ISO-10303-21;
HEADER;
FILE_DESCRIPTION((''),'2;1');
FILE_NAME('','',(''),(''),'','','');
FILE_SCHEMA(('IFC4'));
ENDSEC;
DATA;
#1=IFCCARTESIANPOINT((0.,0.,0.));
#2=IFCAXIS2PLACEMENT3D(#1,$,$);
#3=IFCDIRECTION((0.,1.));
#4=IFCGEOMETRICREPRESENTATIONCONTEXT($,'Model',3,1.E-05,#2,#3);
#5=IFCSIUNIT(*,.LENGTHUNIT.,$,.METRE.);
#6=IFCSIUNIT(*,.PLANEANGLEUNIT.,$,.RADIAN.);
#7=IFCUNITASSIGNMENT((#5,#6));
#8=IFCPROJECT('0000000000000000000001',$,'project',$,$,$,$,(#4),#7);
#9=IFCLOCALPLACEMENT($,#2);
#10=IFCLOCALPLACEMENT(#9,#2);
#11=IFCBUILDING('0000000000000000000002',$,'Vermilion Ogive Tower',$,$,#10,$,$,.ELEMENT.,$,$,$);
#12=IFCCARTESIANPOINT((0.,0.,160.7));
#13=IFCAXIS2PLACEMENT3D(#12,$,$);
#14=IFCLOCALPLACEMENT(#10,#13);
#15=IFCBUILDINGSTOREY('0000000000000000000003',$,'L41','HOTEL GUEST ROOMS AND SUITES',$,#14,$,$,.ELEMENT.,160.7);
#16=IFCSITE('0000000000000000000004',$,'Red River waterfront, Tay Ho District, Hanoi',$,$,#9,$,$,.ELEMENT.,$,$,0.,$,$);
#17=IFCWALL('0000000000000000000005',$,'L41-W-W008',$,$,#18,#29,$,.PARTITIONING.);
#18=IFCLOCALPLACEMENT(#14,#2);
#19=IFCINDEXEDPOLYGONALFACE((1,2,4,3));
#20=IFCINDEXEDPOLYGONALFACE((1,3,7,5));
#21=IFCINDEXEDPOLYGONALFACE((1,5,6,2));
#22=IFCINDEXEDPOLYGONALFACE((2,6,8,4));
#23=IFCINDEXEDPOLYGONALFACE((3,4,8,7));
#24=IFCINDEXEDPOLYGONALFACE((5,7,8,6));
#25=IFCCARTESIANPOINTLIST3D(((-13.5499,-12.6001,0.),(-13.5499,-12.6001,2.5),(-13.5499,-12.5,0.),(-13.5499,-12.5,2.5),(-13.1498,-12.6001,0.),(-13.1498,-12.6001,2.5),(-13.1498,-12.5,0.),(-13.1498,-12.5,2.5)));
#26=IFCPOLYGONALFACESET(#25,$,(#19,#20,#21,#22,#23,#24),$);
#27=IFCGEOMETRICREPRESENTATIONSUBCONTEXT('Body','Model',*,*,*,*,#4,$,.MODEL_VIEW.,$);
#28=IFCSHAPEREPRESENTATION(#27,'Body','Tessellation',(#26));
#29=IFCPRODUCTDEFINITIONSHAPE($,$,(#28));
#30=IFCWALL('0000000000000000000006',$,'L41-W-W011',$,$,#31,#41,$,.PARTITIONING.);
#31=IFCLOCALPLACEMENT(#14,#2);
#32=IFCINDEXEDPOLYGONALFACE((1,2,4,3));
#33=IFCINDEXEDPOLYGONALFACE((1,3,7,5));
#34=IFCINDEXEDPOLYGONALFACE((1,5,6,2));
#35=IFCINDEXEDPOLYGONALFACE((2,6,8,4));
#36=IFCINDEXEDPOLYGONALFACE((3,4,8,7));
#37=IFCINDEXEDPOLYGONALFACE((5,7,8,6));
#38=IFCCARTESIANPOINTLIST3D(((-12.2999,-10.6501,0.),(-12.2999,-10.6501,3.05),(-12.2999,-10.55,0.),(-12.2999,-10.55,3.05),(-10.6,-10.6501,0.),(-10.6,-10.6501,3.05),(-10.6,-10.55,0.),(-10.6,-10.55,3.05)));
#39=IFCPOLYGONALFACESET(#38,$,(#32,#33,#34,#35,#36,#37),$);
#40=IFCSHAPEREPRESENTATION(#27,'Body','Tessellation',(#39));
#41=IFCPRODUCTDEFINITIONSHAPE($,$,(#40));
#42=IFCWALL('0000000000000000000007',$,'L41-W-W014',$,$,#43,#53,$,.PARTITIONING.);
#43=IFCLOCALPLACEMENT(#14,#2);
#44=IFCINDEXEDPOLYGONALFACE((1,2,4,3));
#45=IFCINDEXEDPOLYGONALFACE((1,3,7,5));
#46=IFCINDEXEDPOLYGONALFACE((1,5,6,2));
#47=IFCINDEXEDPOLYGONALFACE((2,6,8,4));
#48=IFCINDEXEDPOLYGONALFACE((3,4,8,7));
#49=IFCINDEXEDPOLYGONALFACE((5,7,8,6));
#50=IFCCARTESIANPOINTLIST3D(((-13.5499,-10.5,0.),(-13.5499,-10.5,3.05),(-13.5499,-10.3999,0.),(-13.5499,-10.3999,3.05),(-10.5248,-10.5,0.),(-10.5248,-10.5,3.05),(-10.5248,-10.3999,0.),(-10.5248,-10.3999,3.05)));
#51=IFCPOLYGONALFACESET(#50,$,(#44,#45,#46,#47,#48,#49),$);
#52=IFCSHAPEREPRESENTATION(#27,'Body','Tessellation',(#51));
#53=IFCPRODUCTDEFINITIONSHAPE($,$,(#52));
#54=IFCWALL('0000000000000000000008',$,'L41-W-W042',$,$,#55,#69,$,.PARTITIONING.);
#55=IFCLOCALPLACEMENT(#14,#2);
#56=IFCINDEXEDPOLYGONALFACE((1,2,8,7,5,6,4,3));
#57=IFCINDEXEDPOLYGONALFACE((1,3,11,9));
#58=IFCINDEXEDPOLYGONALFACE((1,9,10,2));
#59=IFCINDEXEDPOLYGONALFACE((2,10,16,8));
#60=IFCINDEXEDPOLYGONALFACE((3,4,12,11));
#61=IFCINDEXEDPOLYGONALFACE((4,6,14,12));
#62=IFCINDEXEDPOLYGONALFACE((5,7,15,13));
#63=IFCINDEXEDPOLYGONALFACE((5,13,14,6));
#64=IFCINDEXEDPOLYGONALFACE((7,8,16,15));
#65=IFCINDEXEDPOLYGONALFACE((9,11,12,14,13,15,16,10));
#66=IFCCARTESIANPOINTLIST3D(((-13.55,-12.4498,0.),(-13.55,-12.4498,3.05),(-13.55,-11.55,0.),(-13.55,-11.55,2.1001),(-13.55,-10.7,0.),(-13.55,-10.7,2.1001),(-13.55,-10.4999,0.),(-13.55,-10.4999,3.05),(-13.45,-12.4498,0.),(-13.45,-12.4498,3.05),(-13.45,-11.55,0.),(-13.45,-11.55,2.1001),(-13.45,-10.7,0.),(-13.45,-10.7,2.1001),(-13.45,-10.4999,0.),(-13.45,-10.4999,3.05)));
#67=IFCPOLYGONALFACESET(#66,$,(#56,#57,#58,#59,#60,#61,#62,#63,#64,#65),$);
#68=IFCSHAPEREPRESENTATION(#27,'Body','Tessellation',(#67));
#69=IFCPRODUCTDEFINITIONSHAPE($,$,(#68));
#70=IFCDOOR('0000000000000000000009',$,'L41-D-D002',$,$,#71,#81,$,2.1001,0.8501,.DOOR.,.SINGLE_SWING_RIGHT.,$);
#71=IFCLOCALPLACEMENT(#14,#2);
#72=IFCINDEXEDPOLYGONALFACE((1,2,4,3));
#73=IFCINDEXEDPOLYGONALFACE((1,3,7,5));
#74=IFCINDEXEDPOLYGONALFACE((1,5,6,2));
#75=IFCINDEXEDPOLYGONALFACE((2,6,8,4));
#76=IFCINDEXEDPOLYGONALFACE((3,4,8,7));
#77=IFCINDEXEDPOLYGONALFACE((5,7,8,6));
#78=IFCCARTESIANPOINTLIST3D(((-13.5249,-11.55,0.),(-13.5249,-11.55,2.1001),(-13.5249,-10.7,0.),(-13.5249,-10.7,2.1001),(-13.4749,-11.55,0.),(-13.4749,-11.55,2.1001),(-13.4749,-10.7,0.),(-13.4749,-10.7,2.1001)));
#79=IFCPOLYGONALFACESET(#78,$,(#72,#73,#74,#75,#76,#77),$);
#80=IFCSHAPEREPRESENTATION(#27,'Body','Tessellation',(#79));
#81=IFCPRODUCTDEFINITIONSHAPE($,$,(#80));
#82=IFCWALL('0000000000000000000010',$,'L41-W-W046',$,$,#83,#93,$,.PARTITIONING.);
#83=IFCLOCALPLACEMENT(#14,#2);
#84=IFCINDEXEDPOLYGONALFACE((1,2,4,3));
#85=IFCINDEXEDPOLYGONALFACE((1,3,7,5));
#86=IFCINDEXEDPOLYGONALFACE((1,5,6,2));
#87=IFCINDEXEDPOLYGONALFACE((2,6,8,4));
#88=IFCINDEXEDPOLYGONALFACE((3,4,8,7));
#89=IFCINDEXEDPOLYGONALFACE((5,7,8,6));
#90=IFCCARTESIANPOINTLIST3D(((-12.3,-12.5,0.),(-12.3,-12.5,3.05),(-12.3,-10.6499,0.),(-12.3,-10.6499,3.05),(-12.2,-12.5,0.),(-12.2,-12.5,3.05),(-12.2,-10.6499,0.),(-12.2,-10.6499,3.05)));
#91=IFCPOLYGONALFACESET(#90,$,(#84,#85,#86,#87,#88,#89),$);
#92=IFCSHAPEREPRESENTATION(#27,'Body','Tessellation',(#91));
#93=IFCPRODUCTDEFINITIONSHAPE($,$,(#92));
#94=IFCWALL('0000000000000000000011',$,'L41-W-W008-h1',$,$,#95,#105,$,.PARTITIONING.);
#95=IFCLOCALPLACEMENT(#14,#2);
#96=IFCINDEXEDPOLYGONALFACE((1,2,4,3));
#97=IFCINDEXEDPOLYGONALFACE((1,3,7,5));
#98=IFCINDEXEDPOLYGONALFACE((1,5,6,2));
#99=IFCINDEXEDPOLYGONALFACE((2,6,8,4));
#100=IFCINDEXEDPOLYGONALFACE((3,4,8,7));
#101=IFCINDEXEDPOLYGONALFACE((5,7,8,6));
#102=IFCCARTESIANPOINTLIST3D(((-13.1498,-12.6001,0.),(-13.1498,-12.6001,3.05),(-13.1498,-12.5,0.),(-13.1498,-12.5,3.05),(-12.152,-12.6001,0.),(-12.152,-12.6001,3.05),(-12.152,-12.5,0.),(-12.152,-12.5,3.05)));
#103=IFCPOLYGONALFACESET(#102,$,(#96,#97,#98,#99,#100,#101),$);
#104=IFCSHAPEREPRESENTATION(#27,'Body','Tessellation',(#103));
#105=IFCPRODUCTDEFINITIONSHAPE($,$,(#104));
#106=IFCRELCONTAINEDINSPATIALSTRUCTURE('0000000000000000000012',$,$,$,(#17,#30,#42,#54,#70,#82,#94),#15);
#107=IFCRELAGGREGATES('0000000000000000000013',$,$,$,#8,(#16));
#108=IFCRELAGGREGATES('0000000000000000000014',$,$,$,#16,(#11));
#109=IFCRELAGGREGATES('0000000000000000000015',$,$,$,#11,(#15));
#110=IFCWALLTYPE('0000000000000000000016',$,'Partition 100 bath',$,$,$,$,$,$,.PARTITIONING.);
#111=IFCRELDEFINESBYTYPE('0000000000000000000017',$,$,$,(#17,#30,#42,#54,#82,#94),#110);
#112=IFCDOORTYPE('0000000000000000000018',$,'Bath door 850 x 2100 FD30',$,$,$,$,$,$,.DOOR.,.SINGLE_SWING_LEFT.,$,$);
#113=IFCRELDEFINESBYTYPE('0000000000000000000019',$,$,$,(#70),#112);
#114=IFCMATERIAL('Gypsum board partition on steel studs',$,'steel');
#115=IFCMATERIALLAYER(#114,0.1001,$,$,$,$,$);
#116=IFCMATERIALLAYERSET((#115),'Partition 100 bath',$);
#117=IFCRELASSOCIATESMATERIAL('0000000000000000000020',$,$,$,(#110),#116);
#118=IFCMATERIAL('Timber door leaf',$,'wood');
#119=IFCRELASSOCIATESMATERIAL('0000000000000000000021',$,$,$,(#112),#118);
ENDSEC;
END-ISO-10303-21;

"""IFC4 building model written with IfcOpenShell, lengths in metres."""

from ifc_helpers import new_model, si_unit, direction, frame, frame_2d, origin, place, context, subcontext, project, spatial, rectangle, extrude, material, layer, layer_set, type_object, element, fill, save


model = new_model("IFC4")

# Units and contexts
model_context = context("Model", 3, precision=1e-05, world=origin(), true_north=direction((0.0, 1.0)))
body_context = subcontext(model_context, "Body", "Model", "MODEL_VIEW")
ifc_project = project(units=[si_unit("LENGTHUNIT", "METRE"), si_unit("PLANEANGLEUNIT", "RADIAN")], contexts=[model_context])

# Site, building, storey
site_placement = place(None, origin())
site = spatial("IfcSite", under=ifc_project, at=site_placement, Name="Red River waterfront, Tay Ho District, Hanoi", CompositionType="ELEMENT", RefElevation=0.0)
building_placement = place(site_placement, origin())
building = spatial("IfcBuilding", under=site, at=building_placement, Name="Vermilion Ogive Tower", CompositionType="ELEMENT")
storey_placement = place(building_placement, frame((0.0, 0.0, 160.7)))
storey = spatial("IfcBuildingStorey", under=building, at=storey_placement, Name="L41", Description="HOTEL GUEST ROOMS AND SUITES", CompositionType="ELEMENT", Elevation=160.7)

# Walls
ifc_material_1 = material(Name="Gypsum board partition on steel studs", Category="steel")
ifc_layer_1 = layer(ifc_material_1, 0.1001)
ifc_layer_set_1 = layer_set([ifc_layer_1], Name="Partition 100 bath")
wall_type_1 = type_object("IfcWallType", Name="Partition 100 bath", PredefinedType="PARTITIONING", material=ifc_layer_set_1)
wall_1_placement = place(storey_placement, frame((-13.55, -12.55, 0.0), z_axis=(0.0, 0.0, 1.0), x_axis=(1.0, 0.0, 0.0)))
element("IfcWall", 1, at=wall_1_placement, inside=storey, type_object=wall_type_1, Name="L41-W-W008", PredefinedType="PARTITIONING", context=body_context, shape_type="SweptSolid", body=[
    extrude(rectangle(XDim=0.4001, YDim=0.1001, at=frame_2d((0.2002, 0.0))), origin(), (0.0, 0.0, 1.0), 2.5),
])
wall_2_placement = place(storey_placement, frame((-12.3, -10.6001, 0.0), z_axis=(0.0, 0.0, 1.0), x_axis=(1.0, 0.0, 0.0)))
element("IfcWall", 2, at=wall_2_placement, inside=storey, type_object=wall_type_1, Name="L41-W-W011", PredefinedType="PARTITIONING", context=body_context, shape_type="SweptSolid", body=[
    extrude(rectangle(XDim=1.7, YDim=0.1001, at=frame_2d((0.8501, 0.0))), origin(), (0.0, 0.0, 1.0), 3.05),
])
wall_3_placement = place(storey_placement, frame((-13.55, -10.45, 0.0), z_axis=(0.0, 0.0, 1.0), x_axis=(1.0, 0.0, 0.0)))
element("IfcWall", 3, at=wall_3_placement, inside=storey, type_object=wall_type_1, Name="L41-W-W014", PredefinedType="PARTITIONING", context=body_context, shape_type="SweptSolid", body=[
    extrude(rectangle(XDim=3.0251, YDim=0.1001, at=frame_2d((1.5127, 0.0))), origin(), (0.0, 0.0, 1.0), 3.05),
])

# Wall, opening, door
wall_4_placement = place(storey_placement, frame((-13.5, -12.45, 0.0), z_axis=(0.0, 0.0, 1.0), x_axis=(0.0, 1.0, 0.0)))
wall_4 = element("IfcWall", 4, at=wall_4_placement, inside=storey, type_object=wall_type_1, Name="L41-W-W042", PredefinedType="PARTITIONING", context=body_context, shape_type="SweptSolid", body=[
    extrude(rectangle(XDim=1.95, YDim=0.1001, at=frame_2d((0.9751, 0.0))), origin(), (0.0, 0.0, 1.0), 3.05),
])
opening_1_placement = place(wall_4_placement, frame((0.8999, 0.0, 0.0)))
opening_1 = element("IfcOpeningElement", 5, at=opening_1_placement, cuts=wall_4, PredefinedType="OPENING", context=body_context, shape_type="SweptSolid", body=[
    extrude(rectangle(XDim=0.8501, YDim=2.1001, at=frame_2d((0.425, 1.05))), frame((0.0, 0.0601, 0.0), z_axis=(0.0, -1.0, 0.0), x_axis=(1.0, 0.0, 0.0)), (0.0, 0.0, 1.0), 0.1201),
])
ifc_material_2 = material(Name="Timber door leaf", Category="wood")
door_type_1 = type_object("IfcDoorType", Name="Bath door 850 x 2100 FD30", OperationType="SINGLE_SWING_LEFT", PredefinedType="DOOR", material=ifc_material_2)
door_1_placement = place(opening_1_placement, origin())
door_1 = element("IfcDoor", 6, at=door_1_placement, inside=storey, type_object=door_type_1, Name="L41-D-D002", OperationType="SINGLE_SWING_RIGHT", OverallHeight=2.1001, OverallWidth=0.8501, PredefinedType="DOOR", context=body_context, shape_type="SweptSolid", body=[
    extrude(rectangle(XDim=0.8501, YDim=2.1001, at=frame_2d((0.425, 1.05))), frame((0.0, 0.0249, 0.0), z_axis=(0.0, -1.0, 0.0), x_axis=(1.0, 0.0, 0.0)), (0.0, 0.0, 1.0), 0.05),
])
fill(opening_1, door_1)

# Walls
wall_5_placement = place(storey_placement, frame((-12.25, -12.5, 0.0), z_axis=(0.0, 0.0, 1.0), x_axis=(0.0, 1.0, 0.0)))
element("IfcWall", 7, at=wall_5_placement, inside=storey, type_object=wall_type_1, Name="L41-W-W046", PredefinedType="PARTITIONING", context=body_context, shape_type="SweptSolid", body=[
    extrude(rectangle(XDim=1.8501, YDim=0.1001, at=frame_2d((0.925, 0.0))), origin(), (0.0, 0.0, 1.0), 3.05),
])
wall_6_placement = place(storey_placement, frame((-13.1499, -12.55, 0.0), z_axis=(0.0, 0.0, 1.0), x_axis=(1.0, 0.0, 0.0)))
element("IfcWall", 8, at=wall_6_placement, inside=storey, type_object=wall_type_1, Name="L41-W-W008-h1", PredefinedType="PARTITIONING", context=body_context, shape_type="SweptSolid", body=[
    extrude(rectangle(XDim=0.9978, YDim=0.1001, at=frame_2d((0.499, 0.0))), origin(), (0.0, 0.0, 1.0), 3.05),
])

save(model, "model.ifc")
